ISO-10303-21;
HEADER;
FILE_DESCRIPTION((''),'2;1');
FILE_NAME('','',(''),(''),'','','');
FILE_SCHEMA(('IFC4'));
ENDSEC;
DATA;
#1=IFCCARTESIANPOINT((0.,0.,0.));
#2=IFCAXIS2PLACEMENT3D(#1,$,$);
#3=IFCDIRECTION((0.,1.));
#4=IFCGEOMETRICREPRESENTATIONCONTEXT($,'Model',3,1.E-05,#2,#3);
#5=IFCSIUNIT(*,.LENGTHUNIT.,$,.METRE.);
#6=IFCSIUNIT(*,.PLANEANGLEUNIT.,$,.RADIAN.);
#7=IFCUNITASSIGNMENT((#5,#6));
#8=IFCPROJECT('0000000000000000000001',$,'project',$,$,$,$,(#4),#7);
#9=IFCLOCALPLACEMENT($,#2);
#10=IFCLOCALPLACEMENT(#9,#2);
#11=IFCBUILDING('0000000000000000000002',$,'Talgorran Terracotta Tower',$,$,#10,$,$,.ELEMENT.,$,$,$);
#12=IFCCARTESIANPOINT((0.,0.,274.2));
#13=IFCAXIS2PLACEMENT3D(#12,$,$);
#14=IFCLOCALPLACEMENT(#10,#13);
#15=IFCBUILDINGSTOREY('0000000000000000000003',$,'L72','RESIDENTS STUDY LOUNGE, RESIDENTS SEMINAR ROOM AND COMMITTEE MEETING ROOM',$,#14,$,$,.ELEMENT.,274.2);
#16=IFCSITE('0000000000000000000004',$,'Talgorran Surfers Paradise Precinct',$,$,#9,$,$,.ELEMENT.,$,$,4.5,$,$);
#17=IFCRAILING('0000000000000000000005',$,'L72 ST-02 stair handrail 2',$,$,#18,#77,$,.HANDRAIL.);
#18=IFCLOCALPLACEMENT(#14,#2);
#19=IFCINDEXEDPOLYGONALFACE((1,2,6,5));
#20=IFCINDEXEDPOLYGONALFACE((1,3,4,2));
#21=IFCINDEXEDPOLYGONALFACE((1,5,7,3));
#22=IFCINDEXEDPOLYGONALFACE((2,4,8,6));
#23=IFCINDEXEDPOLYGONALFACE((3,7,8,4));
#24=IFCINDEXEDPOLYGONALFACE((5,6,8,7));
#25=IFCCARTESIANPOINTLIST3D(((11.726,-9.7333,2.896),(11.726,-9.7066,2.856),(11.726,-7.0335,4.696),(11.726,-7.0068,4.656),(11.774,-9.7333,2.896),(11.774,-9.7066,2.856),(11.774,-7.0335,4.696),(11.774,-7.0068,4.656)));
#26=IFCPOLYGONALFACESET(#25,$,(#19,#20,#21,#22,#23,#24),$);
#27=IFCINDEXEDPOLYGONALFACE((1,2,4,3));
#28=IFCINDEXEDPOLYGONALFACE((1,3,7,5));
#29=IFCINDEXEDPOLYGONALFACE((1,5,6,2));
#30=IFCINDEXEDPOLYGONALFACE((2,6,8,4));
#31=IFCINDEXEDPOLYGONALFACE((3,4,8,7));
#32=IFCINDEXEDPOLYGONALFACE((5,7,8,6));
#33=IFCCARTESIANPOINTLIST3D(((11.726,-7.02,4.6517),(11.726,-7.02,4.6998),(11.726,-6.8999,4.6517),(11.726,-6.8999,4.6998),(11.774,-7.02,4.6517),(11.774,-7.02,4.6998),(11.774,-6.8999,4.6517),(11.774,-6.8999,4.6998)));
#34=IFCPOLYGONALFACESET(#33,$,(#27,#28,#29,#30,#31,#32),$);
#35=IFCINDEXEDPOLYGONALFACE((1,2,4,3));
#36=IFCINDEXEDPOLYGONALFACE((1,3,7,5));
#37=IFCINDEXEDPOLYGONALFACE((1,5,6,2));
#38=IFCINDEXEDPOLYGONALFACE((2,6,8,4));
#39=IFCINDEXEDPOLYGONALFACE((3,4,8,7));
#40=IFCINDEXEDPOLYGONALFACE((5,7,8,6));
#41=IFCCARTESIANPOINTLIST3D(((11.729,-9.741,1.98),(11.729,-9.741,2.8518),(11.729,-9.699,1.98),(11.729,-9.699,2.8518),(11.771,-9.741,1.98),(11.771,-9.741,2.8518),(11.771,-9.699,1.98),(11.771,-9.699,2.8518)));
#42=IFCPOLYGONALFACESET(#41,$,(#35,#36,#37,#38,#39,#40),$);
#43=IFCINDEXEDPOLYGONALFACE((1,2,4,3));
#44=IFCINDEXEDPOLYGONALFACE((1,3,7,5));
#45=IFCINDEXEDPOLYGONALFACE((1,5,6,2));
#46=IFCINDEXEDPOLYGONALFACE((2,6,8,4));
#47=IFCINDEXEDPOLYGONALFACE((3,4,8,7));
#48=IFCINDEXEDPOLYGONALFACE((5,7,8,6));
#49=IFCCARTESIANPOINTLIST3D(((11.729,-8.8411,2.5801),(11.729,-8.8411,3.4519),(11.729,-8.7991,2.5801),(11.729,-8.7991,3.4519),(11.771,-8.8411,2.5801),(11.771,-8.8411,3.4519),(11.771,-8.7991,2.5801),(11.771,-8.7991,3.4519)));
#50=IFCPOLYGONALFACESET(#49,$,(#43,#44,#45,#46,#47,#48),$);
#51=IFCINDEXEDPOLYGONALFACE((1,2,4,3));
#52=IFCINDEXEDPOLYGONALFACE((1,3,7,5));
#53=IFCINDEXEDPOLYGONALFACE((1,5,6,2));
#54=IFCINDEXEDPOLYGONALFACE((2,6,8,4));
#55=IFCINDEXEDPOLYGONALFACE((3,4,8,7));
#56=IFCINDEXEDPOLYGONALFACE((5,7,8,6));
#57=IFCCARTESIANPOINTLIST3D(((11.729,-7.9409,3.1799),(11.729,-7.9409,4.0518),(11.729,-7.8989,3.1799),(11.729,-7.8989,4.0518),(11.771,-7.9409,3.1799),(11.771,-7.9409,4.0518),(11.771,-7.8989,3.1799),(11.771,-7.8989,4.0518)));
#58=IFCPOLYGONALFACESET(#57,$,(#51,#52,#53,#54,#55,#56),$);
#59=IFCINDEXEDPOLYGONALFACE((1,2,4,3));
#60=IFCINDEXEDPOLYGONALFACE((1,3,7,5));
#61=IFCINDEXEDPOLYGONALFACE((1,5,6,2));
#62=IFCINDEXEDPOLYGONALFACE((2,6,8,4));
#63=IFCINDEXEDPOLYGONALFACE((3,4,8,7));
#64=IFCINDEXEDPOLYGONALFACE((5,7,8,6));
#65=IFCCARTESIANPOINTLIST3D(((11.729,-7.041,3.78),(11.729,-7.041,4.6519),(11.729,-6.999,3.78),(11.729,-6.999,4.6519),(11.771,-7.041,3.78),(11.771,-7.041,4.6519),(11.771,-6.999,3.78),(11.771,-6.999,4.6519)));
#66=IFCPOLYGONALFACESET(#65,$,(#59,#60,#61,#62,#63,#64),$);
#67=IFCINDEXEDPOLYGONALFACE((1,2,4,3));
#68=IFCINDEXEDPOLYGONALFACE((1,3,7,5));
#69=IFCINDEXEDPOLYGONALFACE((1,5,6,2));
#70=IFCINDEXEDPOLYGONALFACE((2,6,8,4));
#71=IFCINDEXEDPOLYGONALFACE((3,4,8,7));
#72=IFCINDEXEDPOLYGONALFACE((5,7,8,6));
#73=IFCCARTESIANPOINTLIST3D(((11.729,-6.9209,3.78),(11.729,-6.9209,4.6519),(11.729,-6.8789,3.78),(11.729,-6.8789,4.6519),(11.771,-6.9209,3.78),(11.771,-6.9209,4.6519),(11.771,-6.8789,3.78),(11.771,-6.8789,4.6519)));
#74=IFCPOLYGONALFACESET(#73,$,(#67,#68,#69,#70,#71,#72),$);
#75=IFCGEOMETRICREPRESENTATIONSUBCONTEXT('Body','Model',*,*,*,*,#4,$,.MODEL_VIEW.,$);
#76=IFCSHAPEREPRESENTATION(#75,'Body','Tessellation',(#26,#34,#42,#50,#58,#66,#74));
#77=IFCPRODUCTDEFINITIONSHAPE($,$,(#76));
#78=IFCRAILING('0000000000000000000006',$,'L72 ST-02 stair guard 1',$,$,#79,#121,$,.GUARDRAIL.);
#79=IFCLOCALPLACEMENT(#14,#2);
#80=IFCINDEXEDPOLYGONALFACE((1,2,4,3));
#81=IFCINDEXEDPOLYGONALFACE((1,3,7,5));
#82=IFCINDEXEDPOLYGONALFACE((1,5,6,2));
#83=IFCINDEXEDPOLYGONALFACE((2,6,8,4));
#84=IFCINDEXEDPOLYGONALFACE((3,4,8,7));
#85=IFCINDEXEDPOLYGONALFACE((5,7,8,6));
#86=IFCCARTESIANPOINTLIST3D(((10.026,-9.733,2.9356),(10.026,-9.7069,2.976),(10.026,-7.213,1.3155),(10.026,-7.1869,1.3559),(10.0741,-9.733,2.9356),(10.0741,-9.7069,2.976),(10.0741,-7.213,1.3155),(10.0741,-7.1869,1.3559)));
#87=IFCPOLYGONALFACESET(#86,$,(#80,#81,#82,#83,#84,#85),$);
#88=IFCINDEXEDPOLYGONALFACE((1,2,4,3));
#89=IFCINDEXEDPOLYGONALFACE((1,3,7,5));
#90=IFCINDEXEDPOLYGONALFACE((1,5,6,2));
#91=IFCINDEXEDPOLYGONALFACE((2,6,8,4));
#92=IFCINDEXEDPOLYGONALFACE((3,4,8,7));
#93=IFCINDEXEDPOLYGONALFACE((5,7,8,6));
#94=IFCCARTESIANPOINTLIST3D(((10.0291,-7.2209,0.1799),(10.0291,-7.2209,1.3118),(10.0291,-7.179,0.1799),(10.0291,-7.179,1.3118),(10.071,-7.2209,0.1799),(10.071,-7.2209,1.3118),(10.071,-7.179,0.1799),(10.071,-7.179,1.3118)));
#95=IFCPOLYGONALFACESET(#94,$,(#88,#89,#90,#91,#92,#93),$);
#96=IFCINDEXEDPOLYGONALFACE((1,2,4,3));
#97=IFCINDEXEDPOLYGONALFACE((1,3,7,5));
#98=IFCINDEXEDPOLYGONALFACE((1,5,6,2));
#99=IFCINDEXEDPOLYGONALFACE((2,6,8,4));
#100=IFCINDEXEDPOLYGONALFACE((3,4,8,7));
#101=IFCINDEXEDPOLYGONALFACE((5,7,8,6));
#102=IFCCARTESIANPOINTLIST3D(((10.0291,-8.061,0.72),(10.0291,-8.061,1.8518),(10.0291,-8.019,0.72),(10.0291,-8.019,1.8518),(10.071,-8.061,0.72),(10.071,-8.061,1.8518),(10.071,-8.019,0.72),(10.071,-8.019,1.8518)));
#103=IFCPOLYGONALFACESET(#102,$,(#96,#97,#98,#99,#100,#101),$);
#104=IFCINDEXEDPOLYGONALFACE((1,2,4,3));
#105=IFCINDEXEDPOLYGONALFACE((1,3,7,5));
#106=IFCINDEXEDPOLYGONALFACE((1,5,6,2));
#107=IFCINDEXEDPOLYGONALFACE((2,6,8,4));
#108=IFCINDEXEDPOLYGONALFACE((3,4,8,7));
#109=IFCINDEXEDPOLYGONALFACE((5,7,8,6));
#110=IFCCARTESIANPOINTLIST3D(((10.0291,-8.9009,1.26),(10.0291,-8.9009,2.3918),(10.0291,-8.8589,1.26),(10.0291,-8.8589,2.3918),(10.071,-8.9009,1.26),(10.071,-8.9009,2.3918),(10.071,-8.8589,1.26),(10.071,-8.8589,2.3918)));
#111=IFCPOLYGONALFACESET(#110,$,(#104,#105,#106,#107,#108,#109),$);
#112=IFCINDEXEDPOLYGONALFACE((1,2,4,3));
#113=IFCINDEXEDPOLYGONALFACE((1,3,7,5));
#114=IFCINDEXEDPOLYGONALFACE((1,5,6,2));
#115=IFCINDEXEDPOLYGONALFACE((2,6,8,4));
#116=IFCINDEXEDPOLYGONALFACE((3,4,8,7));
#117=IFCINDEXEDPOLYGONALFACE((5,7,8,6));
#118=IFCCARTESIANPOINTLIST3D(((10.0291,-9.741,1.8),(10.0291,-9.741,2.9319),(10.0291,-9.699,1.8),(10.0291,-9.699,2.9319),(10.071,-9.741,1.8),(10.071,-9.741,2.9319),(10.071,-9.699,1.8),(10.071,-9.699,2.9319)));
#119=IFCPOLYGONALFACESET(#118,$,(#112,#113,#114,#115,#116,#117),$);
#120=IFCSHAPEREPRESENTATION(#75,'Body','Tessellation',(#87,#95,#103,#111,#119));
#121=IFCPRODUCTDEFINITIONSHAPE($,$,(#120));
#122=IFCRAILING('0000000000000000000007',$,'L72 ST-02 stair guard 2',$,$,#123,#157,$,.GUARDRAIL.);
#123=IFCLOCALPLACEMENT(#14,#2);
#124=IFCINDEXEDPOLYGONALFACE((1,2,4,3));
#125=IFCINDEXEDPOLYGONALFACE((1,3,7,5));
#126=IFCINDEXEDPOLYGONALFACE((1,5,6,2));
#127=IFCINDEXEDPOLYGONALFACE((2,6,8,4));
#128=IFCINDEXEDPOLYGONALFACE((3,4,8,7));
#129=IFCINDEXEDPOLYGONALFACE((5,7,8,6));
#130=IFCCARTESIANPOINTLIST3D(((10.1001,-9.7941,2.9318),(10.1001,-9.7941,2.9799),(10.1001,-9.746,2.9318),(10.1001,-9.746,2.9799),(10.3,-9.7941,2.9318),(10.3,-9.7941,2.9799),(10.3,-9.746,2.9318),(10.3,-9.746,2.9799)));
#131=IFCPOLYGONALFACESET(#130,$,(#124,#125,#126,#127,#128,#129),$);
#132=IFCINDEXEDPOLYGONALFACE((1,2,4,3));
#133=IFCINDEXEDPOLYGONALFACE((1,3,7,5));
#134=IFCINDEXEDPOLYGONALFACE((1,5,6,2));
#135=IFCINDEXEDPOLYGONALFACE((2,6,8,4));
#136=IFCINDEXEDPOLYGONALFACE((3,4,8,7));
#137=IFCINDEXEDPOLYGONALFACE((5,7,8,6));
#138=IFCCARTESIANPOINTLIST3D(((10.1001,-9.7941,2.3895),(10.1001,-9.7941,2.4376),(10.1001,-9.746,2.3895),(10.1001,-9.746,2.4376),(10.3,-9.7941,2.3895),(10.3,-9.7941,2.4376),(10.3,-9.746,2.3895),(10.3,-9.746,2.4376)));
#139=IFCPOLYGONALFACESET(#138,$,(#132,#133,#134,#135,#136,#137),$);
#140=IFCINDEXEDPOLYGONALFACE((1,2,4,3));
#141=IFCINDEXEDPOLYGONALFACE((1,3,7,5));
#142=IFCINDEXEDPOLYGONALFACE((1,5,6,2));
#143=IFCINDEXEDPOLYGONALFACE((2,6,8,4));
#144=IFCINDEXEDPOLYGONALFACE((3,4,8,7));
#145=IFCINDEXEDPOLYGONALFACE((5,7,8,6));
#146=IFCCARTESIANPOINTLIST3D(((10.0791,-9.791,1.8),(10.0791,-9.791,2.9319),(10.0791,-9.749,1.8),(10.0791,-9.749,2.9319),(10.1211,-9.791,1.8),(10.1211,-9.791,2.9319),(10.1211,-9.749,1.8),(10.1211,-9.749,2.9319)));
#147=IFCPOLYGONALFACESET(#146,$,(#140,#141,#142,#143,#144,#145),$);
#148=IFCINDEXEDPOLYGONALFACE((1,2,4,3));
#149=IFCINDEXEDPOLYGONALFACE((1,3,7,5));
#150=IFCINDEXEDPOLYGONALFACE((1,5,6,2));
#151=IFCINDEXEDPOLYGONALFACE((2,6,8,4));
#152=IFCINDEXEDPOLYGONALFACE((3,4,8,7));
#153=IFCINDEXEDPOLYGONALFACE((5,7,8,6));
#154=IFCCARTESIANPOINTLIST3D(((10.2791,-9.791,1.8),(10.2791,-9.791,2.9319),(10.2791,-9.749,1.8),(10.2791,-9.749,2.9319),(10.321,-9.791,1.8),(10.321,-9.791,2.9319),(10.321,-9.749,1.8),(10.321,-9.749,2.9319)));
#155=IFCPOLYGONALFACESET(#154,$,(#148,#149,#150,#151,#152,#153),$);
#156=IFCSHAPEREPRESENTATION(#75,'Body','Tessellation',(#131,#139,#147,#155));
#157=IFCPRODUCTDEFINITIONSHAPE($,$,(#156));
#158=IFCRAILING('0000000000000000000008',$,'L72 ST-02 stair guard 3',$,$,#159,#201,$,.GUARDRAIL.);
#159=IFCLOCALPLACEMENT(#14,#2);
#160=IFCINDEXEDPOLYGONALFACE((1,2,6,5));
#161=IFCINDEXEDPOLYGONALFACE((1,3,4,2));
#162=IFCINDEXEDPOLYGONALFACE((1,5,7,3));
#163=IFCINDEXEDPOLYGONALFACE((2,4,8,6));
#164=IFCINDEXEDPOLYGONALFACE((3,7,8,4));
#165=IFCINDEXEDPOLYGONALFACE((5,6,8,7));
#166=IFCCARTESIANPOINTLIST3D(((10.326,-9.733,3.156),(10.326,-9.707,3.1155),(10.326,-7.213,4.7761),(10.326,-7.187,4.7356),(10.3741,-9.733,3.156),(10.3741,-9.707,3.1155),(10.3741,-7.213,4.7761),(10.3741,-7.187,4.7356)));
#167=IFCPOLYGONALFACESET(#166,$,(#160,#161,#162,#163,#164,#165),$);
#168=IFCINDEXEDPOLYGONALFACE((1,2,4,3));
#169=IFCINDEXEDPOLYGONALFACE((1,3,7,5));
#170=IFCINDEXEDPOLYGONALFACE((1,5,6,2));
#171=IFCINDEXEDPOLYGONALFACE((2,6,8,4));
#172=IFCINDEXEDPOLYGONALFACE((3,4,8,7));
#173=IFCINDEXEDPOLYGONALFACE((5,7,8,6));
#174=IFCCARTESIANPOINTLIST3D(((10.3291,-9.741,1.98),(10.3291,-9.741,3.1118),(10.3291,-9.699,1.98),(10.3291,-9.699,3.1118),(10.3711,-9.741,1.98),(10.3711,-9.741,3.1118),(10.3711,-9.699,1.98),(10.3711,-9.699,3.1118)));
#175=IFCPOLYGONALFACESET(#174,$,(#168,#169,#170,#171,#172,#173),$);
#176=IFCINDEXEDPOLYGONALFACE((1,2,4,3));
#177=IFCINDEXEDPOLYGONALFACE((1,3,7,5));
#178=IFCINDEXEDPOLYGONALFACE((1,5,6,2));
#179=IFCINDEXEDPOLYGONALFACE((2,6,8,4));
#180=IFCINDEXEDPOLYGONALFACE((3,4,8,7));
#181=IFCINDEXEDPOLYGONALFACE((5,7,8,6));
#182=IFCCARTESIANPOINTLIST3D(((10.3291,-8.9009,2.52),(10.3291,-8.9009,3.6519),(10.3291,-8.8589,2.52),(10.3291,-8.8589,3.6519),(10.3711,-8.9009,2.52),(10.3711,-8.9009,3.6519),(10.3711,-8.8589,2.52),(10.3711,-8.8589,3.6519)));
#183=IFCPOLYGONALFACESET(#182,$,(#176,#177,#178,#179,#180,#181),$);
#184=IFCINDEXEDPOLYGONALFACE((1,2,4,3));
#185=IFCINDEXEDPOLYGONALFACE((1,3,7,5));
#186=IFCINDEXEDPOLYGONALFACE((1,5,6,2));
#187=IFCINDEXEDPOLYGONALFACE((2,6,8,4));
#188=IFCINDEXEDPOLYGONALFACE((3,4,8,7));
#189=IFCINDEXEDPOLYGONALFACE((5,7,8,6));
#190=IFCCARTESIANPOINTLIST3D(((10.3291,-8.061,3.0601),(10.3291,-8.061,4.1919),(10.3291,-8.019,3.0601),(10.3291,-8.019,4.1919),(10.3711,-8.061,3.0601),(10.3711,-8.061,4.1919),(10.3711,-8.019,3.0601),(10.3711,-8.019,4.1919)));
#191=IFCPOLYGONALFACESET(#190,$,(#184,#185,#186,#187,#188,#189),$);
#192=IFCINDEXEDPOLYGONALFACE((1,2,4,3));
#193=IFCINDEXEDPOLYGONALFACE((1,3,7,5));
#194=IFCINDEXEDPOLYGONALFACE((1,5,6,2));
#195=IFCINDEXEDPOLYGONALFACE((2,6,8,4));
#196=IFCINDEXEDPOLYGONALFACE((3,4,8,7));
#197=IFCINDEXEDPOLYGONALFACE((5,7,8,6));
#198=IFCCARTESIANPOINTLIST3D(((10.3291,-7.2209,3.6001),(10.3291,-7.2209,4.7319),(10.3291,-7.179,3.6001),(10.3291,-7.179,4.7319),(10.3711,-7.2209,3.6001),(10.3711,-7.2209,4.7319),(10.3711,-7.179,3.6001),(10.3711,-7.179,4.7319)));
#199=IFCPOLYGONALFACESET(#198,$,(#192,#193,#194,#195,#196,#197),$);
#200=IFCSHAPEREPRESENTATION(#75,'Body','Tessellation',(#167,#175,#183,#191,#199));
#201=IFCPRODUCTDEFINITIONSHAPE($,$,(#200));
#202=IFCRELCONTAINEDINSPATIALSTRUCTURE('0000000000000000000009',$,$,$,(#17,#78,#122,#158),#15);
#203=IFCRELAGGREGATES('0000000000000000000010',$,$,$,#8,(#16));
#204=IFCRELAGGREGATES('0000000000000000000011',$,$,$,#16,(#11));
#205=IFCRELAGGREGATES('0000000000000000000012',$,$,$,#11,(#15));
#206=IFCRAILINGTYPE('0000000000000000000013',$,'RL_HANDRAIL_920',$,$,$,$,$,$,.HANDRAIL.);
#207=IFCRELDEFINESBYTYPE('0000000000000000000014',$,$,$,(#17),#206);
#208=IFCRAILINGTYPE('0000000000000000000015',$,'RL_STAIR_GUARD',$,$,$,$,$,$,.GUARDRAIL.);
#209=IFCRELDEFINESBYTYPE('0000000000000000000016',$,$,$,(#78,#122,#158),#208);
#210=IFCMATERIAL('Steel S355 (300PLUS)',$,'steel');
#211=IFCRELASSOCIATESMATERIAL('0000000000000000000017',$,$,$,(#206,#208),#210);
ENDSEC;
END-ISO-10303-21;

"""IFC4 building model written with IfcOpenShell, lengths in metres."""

from ifc_helpers import new_model, si_unit, direction, frame, origin, origin_2d, place, context, subcontext, project, spatial, rectangle, extrude, material, type_object, element, save


model = new_model("IFC4")

# Units and contexts
model_context = context("Model", 3, precision=1e-05, world=origin(), true_north=direction((0.0, 1.0)))
body_context = subcontext(model_context, "Body", "Model", "MODEL_VIEW")
ifc_project = project(units=[si_unit("LENGTHUNIT", "METRE"), si_unit("PLANEANGLEUNIT", "RADIAN")], contexts=[model_context])

# Site, building, storey
site_placement = place(None, origin())
site = spatial("IfcSite", under=ifc_project, at=site_placement, Name="Talgorran Surfers Paradise Precinct", CompositionType="ELEMENT", RefElevation=4.5)
building_placement = place(site_placement, origin())
building = spatial("IfcBuilding", under=site, at=building_placement, Name="Talgorran Terracotta Tower", CompositionType="ELEMENT")
storey_placement = place(building_placement, frame((0.0, 0.0, 274.2)))
storey = spatial("IfcBuildingStorey", under=building, at=storey_placement, Name="L72", Description="RESIDENTS STUDY LOUNGE, RESIDENTS SEMINAR ROOM AND COMMITTEE MEETING ROOM", CompositionType="ELEMENT", Elevation=274.2)

# Shared definitions
ifc_material_1 = material(Name="Steel S355 (300PLUS)", Category="steel")

# Railings
railing_type_1 = type_object("IfcRailingType", Name="RL_HANDRAIL_920", PredefinedType="HANDRAIL", material=ifc_material_1)
railing_1_placement = place(storey_placement, frame((11.75, -9.72, 1.98)))
element("IfcRailing", 1, at=railing_1_placement, inside=storey, type_object=railing_type_1, Name="L72 ST-02 stair handrail 2", PredefinedType="HANDRAIL", context=body_context, shape_type="SweptSolid", body=[
    extrude(rectangle(XDim=0.0481, YDim=0.0481, at=origin_2d()), frame((0.0, 0.0, 0.896), z_axis=(0.0, 0.832039, 0.554718), x_axis=(-1.0, 0.0, 0.0)), (0.0, 0.0, 1.0), 3.2449),
    extrude(rectangle(XDim=0.0481, YDim=0.0481, at=origin_2d()), frame((0.0, 2.7, 2.6958), z_axis=(0.0, 1.0, 0.0), x_axis=(-1.0, 0.0, 0.0)), (0.0, 0.0, 1.0), 0.1201),
    extrude(rectangle(XDim=0.042, YDim=0.042, at=origin_2d()), origin(), (0.0, 0.0, 1.0), 0.8718),
    extrude(rectangle(XDim=0.042, YDim=0.042, at=origin_2d()), frame((0.0, 0.8999, 0.6001)), (0.0, 0.0, 1.0), 0.8718),
    extrude(rectangle(XDim=0.042, YDim=0.042, at=origin_2d()), frame((0.0, 1.8, 1.2)), (0.0, 0.0, 1.0), 0.8718),
    extrude(rectangle(XDim=0.042, YDim=0.042, at=origin_2d()), frame((0.0, 2.7, 1.8)), (0.0, 0.0, 1.0), 0.8718),
    extrude(rectangle(XDim=0.042, YDim=0.042, at=origin_2d()), frame((0.0, 2.8201, 1.8)), (0.0, 0.0, 1.0), 0.8718),
])
railing_type_2 = type_object("IfcRailingType", Name="RL_STAIR_GUARD", PredefinedType="GUARDRAIL", material=ifc_material_1)
railing_2_placement = place(storey_placement, frame((10.05, -7.2, 0.1799)))
element("IfcRailing", 2, at=railing_2_placement, inside=storey, type_object=railing_type_2, Name="L72 ST-02 stair guard 1", PredefinedType="GUARDRAIL", context=body_context, shape_type="SweptSolid", body=[
    extrude(rectangle(XDim=0.0481, YDim=0.0481, at=origin_2d()), frame((0.0, 0.0, 1.1558), z_axis=(0.0, -0.841163, 0.540782), x_axis=(1.0, 0.0, 0.0)), (0.0, 0.0, 1.0), 2.9958),
    extrude(rectangle(XDim=0.042, YDim=0.042, at=origin_2d()), origin(), (0.0, 0.0, 1.0), 1.1318),
    extrude(rectangle(XDim=0.042, YDim=0.042, at=origin_2d()), frame((0.0, -0.8401, 0.54)), (0.0, 0.0, 1.0), 1.1318),
    extrude(rectangle(XDim=0.042, YDim=0.042, at=origin_2d()), frame((0.0, -1.6799, 1.0801)), (0.0, 0.0, 1.0), 1.1318),
    extrude(rectangle(XDim=0.042, YDim=0.042, at=origin_2d()), frame((0.0, -2.52, 1.6201)), (0.0, 0.0, 1.0), 1.1318),
])
railing_3_placement = place(storey_placement, frame((10.1001, -9.77, 1.8)))
element("IfcRailing", 3, at=railing_3_placement, inside=storey, type_object=railing_type_2, Name="L72 ST-02 stair guard 2", PredefinedType="GUARDRAIL", context=body_context, shape_type="SweptSolid", body=[
    extrude(rectangle(XDim=0.0481, YDim=0.0481, at=origin_2d()), frame((0.0, 0.0, 1.1558), z_axis=(1.0, 0.0, 0.0), x_axis=(0.0, 1.0, 0.0)), (0.0, 0.0, 1.0), 0.2),
    extrude(rectangle(XDim=0.0481, YDim=0.0481, at=origin_2d()), frame((0.0, 0.0, 0.6135), z_axis=(1.0, 0.0, 0.0), x_axis=(0.0, 1.0, 0.0)), (0.0, 0.0, 1.0), 0.2),
    extrude(rectangle(XDim=0.042, YDim=0.042, at=origin_2d()), origin(), (0.0, 0.0, 1.0), 1.1318),
    extrude(rectangle(XDim=0.042, YDim=0.042, at=origin_2d()), frame((0.2, 0.0, 0.0)), (0.0, 0.0, 1.0), 1.1318),
])
railing_4_placement = place(storey_placement, frame((10.3501, -9.72, 1.98)))
element("IfcRailing", 4, at=railing_4_placement, inside=storey, type_object=railing_type_2, Name="L72 ST-02 stair guard 3", PredefinedType="GUARDRAIL", context=body_context, shape_type="SweptSolid", body=[
    extrude(rectangle(XDim=0.0481, YDim=0.0481, at=origin_2d()), frame((0.0, 0.0, 1.1558), z_axis=(0.0, 0.841163, 0.540782), x_axis=(-1.0, 0.0, 0.0)), (0.0, 0.0, 1.0), 2.9958),
    extrude(rectangle(XDim=0.042, YDim=0.042, at=origin_2d()), origin(), (0.0, 0.0, 1.0), 1.1318),
    extrude(rectangle(XDim=0.042, YDim=0.042, at=origin_2d()), frame((0.0, 0.8401, 0.54)), (0.0, 0.0, 1.0), 1.1318),
    extrude(rectangle(XDim=0.042, YDim=0.042, at=origin_2d()), frame((0.0, 1.6799, 1.0801)), (0.0, 0.0, 1.0), 1.1318),
    extrude(rectangle(XDim=0.042, YDim=0.042, at=origin_2d()), frame((0.0, 2.52, 1.6201)), (0.0, 0.0, 1.0), 1.1318),
])

save(model, "model.ifc")
